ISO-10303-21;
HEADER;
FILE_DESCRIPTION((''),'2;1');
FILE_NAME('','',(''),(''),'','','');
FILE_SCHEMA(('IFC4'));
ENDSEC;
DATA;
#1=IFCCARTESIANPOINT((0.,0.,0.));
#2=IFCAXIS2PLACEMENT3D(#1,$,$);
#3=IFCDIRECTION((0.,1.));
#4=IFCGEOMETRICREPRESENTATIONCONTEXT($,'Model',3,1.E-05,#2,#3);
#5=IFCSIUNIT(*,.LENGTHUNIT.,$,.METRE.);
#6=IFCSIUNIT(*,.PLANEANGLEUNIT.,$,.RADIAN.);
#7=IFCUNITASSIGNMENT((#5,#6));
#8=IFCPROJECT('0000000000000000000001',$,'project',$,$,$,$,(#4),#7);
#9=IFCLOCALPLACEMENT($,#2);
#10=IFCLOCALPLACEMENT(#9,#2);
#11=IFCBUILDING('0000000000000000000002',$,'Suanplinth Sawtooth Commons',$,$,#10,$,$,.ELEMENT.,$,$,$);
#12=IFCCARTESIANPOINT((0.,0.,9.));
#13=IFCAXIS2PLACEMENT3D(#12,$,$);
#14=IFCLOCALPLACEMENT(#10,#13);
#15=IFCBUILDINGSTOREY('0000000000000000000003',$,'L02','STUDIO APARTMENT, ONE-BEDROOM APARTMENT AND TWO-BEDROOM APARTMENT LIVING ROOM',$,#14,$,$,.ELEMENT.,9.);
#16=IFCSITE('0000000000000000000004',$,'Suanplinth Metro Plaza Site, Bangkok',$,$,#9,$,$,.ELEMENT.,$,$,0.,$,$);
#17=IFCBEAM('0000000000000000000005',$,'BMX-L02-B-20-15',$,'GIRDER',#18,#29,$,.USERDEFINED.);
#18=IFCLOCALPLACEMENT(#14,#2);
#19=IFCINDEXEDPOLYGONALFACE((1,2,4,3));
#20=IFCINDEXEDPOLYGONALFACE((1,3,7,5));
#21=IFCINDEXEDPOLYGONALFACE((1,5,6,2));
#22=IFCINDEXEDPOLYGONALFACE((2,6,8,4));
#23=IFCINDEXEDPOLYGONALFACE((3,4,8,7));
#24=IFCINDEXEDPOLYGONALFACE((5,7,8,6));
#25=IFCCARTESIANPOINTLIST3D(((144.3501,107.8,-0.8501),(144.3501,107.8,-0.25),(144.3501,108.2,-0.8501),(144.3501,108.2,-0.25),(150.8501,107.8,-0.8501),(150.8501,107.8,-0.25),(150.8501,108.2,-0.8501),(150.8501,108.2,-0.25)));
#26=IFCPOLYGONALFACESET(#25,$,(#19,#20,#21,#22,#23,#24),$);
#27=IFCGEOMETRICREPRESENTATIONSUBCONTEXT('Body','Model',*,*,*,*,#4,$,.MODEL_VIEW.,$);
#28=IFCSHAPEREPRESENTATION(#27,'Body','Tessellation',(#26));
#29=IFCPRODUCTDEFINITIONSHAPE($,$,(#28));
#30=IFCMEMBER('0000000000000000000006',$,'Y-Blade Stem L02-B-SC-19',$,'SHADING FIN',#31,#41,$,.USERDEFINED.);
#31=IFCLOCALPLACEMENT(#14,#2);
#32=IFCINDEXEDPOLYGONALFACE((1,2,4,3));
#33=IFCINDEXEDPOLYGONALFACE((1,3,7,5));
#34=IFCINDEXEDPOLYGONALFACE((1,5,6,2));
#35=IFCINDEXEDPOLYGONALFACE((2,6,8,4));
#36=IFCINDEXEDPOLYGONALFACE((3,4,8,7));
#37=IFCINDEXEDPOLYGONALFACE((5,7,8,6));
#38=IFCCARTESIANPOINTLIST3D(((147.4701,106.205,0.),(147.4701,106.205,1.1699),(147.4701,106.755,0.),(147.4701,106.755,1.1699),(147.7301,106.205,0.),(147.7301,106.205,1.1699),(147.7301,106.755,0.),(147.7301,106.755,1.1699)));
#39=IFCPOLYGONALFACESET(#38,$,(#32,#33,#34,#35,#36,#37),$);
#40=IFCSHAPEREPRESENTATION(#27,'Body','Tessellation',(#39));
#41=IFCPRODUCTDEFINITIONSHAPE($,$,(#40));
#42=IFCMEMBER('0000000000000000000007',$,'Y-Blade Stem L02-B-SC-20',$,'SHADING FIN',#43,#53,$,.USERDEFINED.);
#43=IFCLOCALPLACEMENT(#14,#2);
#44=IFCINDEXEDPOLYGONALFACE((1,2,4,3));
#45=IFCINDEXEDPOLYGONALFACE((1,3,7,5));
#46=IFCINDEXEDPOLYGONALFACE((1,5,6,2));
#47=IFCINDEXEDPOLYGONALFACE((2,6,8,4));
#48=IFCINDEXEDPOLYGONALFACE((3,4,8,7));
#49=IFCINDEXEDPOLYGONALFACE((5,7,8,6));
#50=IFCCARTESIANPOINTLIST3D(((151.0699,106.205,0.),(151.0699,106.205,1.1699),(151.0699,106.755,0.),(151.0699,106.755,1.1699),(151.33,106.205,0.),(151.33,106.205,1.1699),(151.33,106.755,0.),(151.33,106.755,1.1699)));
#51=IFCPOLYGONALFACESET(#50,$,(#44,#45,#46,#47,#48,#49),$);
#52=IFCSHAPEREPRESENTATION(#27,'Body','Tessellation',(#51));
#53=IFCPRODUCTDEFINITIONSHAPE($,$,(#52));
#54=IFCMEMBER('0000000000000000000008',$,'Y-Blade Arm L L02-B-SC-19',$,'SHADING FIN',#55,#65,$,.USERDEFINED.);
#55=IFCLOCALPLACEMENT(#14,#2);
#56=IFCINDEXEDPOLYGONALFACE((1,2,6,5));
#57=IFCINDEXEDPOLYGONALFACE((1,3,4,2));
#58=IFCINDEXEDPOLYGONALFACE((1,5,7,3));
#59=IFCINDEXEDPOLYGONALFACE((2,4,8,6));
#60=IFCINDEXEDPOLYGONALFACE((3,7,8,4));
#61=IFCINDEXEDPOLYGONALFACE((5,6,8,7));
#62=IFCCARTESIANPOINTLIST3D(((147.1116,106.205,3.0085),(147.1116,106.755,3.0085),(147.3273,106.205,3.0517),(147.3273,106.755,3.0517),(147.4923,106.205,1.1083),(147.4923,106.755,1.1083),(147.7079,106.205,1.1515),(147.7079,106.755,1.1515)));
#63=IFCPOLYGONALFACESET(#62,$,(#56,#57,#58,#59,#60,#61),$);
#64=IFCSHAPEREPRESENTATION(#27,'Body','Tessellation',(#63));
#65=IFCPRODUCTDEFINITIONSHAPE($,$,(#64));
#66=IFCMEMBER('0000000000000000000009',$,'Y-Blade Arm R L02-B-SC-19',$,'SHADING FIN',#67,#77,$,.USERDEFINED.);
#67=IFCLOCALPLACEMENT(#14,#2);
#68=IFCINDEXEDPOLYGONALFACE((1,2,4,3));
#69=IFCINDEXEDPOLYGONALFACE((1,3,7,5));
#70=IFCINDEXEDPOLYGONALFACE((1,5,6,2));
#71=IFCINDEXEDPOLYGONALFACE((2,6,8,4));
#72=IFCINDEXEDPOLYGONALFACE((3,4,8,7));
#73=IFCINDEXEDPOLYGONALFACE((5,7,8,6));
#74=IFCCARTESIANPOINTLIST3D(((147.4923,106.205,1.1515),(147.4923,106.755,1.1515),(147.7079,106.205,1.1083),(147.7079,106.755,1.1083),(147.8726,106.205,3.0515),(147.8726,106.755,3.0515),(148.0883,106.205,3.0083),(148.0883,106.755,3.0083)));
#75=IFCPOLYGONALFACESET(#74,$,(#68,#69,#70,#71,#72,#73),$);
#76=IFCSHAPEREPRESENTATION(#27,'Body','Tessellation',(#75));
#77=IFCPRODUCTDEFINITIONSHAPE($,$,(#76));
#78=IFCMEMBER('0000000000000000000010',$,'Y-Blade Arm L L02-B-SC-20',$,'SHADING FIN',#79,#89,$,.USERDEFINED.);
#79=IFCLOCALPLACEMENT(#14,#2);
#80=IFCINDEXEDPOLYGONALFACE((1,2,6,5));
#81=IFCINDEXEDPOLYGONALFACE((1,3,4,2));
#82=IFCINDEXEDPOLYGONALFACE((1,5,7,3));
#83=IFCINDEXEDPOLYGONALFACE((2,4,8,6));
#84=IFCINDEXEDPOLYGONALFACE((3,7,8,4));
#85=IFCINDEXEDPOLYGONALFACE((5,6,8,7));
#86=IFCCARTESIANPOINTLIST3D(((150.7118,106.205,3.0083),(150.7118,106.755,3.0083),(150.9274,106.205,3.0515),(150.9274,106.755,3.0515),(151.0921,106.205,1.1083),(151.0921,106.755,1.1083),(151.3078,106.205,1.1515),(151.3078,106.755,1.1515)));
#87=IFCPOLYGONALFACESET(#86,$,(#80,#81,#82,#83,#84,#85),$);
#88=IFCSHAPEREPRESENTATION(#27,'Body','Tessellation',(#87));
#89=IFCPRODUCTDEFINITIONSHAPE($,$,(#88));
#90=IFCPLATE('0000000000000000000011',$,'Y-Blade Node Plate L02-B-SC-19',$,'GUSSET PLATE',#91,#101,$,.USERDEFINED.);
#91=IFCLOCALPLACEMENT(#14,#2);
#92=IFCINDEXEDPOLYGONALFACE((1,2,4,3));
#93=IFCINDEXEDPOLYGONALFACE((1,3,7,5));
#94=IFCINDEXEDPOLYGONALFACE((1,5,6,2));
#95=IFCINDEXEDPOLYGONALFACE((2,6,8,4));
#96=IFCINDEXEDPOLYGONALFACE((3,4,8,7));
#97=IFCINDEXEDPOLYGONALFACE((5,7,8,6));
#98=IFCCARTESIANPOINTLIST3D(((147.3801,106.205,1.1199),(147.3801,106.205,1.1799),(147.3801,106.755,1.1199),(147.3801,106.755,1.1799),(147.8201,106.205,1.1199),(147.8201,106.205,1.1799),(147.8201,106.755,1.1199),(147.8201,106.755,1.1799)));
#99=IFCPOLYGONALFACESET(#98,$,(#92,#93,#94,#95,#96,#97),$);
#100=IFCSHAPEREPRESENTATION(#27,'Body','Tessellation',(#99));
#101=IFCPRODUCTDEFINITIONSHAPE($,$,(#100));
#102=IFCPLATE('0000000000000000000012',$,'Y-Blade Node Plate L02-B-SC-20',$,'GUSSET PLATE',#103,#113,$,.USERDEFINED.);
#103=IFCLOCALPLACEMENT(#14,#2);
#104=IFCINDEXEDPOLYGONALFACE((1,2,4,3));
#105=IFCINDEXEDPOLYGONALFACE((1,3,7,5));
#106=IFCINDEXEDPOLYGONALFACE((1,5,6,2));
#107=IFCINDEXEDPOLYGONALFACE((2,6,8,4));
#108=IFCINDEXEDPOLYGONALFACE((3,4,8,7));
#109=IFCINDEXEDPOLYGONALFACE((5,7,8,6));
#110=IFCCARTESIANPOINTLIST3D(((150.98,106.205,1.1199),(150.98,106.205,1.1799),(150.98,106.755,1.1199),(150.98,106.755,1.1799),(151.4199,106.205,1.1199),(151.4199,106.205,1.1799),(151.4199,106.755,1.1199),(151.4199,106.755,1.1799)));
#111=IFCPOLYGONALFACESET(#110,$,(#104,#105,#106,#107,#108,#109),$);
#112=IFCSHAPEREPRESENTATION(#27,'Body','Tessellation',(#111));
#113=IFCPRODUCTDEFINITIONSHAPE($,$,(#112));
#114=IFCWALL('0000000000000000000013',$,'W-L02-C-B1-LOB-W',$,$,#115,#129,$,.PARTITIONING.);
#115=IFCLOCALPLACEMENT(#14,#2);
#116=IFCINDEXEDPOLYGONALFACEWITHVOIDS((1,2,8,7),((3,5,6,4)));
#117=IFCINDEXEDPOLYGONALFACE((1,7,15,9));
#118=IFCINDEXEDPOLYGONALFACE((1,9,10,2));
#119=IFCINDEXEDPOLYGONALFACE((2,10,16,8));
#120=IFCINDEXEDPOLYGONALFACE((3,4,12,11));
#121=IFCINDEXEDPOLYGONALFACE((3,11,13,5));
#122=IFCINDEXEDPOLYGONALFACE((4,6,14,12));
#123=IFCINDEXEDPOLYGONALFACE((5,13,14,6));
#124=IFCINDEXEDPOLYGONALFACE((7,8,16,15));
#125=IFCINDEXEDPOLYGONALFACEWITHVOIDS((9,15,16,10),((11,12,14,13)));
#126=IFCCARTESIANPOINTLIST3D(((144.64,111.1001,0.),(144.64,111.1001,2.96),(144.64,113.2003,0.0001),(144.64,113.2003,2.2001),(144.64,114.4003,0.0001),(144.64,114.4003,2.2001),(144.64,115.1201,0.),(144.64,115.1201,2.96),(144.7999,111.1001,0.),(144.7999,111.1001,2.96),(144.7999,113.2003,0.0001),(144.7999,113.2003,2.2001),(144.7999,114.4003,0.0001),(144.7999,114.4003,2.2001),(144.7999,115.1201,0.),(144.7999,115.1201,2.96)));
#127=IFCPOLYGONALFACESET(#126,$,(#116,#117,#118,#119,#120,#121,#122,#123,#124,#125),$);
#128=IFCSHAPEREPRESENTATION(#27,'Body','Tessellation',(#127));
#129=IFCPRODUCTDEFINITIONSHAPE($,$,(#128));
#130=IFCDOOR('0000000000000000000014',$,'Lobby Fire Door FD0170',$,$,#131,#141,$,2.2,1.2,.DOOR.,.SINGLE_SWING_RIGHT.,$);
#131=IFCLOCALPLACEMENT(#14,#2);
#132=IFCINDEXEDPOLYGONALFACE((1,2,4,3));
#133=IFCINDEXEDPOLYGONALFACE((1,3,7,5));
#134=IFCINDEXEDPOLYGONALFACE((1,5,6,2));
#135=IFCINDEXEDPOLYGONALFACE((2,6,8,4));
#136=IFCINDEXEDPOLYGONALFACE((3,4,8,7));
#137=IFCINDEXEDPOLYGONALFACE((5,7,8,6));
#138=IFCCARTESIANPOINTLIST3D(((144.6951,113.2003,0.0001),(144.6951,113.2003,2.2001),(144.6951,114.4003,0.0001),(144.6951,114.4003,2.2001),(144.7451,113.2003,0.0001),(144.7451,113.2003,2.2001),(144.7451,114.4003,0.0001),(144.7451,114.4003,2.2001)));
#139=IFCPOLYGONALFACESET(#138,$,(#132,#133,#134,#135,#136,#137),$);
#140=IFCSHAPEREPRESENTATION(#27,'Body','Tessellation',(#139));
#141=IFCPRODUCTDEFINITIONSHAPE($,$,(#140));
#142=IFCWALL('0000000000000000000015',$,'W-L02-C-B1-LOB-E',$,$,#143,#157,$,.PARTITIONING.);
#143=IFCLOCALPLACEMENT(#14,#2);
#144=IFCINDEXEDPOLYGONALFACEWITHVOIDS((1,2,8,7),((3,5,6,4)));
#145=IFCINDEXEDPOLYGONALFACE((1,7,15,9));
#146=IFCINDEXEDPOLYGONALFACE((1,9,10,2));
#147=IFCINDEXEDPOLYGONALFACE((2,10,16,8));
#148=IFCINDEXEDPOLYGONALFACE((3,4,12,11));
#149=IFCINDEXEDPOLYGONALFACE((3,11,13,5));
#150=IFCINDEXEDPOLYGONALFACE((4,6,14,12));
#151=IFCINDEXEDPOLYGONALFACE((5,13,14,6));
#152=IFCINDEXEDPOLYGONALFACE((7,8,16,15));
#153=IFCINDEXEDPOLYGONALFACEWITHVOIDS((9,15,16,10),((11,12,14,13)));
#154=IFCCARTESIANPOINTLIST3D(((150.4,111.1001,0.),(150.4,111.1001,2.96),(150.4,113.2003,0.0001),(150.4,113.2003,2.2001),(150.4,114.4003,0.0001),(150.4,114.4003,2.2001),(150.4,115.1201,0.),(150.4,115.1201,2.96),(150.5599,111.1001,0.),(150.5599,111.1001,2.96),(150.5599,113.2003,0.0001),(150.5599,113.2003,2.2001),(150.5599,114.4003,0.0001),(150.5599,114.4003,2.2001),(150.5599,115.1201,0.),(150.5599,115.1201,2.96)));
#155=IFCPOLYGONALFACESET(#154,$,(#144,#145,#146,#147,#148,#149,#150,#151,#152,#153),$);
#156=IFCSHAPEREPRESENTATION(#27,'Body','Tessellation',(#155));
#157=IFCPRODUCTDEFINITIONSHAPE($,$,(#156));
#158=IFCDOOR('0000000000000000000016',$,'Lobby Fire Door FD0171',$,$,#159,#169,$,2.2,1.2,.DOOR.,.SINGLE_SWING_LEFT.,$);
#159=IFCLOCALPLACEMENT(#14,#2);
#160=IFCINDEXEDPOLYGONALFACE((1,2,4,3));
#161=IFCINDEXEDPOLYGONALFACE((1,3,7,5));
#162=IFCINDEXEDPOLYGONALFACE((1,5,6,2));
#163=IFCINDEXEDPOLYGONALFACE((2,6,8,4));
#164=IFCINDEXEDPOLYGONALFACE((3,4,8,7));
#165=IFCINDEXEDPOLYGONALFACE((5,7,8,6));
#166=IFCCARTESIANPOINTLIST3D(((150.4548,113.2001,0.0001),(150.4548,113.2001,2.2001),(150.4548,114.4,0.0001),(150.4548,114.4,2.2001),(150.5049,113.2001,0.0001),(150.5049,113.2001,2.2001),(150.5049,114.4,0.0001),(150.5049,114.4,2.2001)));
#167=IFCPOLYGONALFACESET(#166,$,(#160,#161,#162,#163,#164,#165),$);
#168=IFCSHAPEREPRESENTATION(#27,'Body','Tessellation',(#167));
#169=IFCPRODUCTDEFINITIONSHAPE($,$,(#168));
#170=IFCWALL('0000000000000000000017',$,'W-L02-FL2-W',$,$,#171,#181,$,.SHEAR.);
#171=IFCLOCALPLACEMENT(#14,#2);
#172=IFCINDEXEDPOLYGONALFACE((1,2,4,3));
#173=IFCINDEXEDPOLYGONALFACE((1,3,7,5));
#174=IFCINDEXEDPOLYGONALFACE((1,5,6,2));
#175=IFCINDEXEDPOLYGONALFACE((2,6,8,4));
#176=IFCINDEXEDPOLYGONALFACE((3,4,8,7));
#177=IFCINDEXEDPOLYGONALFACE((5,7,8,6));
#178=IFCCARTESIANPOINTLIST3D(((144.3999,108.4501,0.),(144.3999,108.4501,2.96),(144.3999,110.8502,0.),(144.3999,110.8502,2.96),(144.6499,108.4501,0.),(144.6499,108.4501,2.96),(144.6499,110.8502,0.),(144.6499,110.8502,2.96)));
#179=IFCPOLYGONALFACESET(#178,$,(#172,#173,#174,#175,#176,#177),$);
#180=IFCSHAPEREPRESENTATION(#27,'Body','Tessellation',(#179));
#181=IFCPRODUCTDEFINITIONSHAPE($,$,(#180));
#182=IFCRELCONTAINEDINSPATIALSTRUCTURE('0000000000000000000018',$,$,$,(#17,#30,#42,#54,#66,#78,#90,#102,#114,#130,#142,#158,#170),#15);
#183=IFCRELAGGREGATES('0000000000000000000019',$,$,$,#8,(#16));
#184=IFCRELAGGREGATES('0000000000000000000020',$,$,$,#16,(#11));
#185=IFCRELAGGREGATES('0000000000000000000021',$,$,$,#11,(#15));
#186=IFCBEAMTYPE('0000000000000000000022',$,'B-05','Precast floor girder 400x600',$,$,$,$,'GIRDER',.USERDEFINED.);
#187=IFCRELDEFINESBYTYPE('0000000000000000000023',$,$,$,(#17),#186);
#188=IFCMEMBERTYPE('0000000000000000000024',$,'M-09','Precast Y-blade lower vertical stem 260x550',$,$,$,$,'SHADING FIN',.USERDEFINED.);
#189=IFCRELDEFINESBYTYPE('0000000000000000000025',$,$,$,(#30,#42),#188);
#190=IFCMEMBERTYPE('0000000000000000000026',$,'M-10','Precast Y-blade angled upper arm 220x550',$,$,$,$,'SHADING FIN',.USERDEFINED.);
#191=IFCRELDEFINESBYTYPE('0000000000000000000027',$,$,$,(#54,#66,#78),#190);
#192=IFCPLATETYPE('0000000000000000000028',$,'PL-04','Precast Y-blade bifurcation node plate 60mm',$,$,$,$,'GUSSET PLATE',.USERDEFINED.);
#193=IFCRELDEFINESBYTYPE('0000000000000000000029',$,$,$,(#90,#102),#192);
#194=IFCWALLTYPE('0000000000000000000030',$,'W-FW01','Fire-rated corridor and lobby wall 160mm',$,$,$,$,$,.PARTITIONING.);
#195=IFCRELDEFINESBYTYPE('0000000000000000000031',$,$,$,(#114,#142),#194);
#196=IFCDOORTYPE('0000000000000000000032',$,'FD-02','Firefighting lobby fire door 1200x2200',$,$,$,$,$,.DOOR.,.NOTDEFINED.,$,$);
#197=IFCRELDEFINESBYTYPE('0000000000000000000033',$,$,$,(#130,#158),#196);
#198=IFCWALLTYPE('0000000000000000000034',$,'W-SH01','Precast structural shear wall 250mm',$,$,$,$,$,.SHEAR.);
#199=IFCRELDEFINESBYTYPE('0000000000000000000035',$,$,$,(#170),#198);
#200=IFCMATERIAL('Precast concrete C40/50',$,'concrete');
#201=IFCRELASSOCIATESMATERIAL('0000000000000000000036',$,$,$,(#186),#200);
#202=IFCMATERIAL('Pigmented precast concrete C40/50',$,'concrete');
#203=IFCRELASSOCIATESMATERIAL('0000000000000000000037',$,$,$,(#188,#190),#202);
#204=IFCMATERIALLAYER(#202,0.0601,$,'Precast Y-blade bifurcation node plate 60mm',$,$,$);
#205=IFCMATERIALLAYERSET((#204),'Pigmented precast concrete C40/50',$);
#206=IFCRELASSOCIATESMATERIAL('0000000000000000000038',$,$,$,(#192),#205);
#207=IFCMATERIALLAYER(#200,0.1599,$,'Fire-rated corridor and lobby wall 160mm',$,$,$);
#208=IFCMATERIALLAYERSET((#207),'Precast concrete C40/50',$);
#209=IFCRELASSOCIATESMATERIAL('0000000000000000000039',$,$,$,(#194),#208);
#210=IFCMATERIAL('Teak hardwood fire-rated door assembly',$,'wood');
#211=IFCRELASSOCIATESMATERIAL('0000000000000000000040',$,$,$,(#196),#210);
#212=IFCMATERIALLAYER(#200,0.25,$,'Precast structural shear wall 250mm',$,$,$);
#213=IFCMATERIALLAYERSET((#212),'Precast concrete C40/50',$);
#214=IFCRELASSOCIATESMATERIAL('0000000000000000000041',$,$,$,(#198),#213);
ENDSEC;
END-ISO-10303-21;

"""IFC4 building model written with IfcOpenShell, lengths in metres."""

from ifc_helpers import new_model, si_unit, direction, frame, frame_2d, origin, origin_2d, place, context, subcontext, project, spatial, rectangle, extrude, material, layer, layer_set, material_profile, profile_set, type_object, element, fill, save


model = new_model("IFC4")

# Units and contexts
model_context = context("Model", 3, precision=1e-05, world=origin(), true_north=direction((0.0, 1.0)))
body_context = subcontext(model_context, "Body", "Model", "MODEL_VIEW")
ifc_project = project(units=[si_unit("LENGTHUNIT", "METRE"), si_unit("PLANEANGLEUNIT", "RADIAN")], contexts=[model_context])

# Site, building, storey
site_placement = place(None, origin())
site = spatial("IfcSite", under=ifc_project, at=site_placement, Name="Suanplinth Metro Plaza Site, Bangkok", CompositionType="ELEMENT", RefElevation=0.0)
building_placement = place(site_placement, origin())
building = spatial("IfcBuilding", under=site, at=building_placement, Name="Suanplinth Sawtooth Commons", CompositionType="ELEMENT")
storey_placement = place(building_placement, frame((0.0, 0.0, 9.0)))
storey = spatial("IfcBuildingStorey", under=building, at=storey_placement, Name="L02", Description="STUDIO APARTMENT, ONE-BEDROOM APARTMENT AND TWO-BEDROOM APARTMENT LIVING ROOM", CompositionType="ELEMENT", Elevation=9.0)

# Beam
ifc_material_1 = material(Name="Precast concrete C40/50", Category="concrete")
ifc_material_profile_1 = material_profile(ifc_material_1, rectangle(XDim=0.3999, YDim=0.6001, at=origin_2d()), Name="PC-GDR 400x600")
ifc_profile_set_1 = profile_set([ifc_material_profile_1], Name="Precast concrete C40/50")
beam_type = type_object("IfcBeamType", Name="B-05", Description="Precast floor girder 400x600", ElementType="GIRDER", PredefinedType="USERDEFINED", material=ifc_profile_set_1)
beam_placement = place(storey_placement, frame((144.3501, 108.0, -0.55), z_axis=(1.0, 0.0, 0.0), x_axis=(0.0, 1.0, 0.0)))
element("IfcBeam", 1, at=beam_placement, inside=storey, type_object=beam_type, Name="BMX-L02-B-20-15", ObjectType="GIRDER", PredefinedType="USERDEFINED", context=body_context, shape_type="SweptSolid", body=[
    extrude(rectangle(XDim=0.3999, YDim=0.6001, at=origin_2d()), origin(), (0.0, 0.0, 1.0), 6.5),
])

# Members
ifc_material_2 = material(Name="Pigmented precast concrete C40/50", Category="concrete")
ifc_material_profile_2 = material_profile(ifc_material_2, rectangle(XDim=0.26, YDim=0.55, at=origin_2d()), Name="PC-FIN 260x550")
ifc_profile_set_2 = profile_set([ifc_material_profile_2], Name="Pigmented precast concrete C40/50")
member_type_1 = type_object("IfcMemberType", Name="M-09", Description="Precast Y-blade lower vertical stem 260x550", ElementType="SHADING FIN", PredefinedType="USERDEFINED", material=ifc_profile_set_2)
for number, where, z_axis, x_axis, name in (
    (2, (147.6001, 106.48, 0.0), (0.0, 0.0, 1.0), (1.0, 0.0, 0.0), "Y-Blade Stem L02-B-SC-19"),
    (3, (151.2, 106.48, 0.0), (0.0, 0.0, 1.0), (1.0, 0.0, 0.0), "Y-Blade Stem L02-B-SC-20"),
):
    element("IfcMember", number, at=place(storey_placement, frame(where, z_axis=z_axis, x_axis=x_axis)), inside=storey, type_object=member_type_1, Name=name, ObjectType="SHADING FIN", PredefinedType="USERDEFINED", context=body_context, shape_type="SweptSolid", body=[
        extrude(rectangle(XDim=0.26, YDim=0.55, at=origin_2d()), origin(), (0.0, 0.0, 1.0), 1.1699),
    ])
ifc_material_profile_3 = material_profile(ifc_material_2, rectangle(XDim=0.22, YDim=0.55, at=origin_2d()), Name="PC-FIN 220x550")
ifc_profile_set_3 = profile_set([ifc_material_profile_3], Name="Pigmented precast concrete C40/50")
member_type_2 = type_object("IfcMemberType", Name="M-10", Description="Precast Y-blade angled upper arm 220x550", ElementType="SHADING FIN", PredefinedType="USERDEFINED", material=ifc_profile_set_3)
member_placement = place(storey_placement, frame((147.6001, 106.48, 1.1299), z_axis=(-0.196407, 0.0, 0.980522), x_axis=(0.980522, 0.0, 0.196407)))
element("IfcMember", 4, at=member_placement, inside=storey, type_object=member_type_2, Name="Y-Blade Arm L L02-B-SC-19", ObjectType="SHADING FIN", PredefinedType="USERDEFINED", context=body_context, shape_type="SweptSolid", body=[
    extrude(rectangle(XDim=0.22, YDim=0.55, at=origin_2d()), origin(), (0.0, 0.0, 1.0), 1.938),
])
for number, where, z_axis, x_axis, name in (
    (5, (147.6001, 106.48, 1.1299), (0.196286, 0.0, 0.980547), (-0.980547, 0.0, 0.196286), "Y-Blade Arm R L02-B-SC-19"),
    (6, (151.2, 106.48, 1.1299), (-0.196286, 0.0, 0.980547), (0.980547, 0.0, 0.196286), "Y-Blade Arm L L02-B-SC-20"),
):
    element("IfcMember", number, at=place(storey_placement, frame(where, z_axis=z_axis, x_axis=x_axis)), inside=storey, type_object=member_type_2, Name=name, ObjectType="SHADING FIN", PredefinedType="USERDEFINED", context=body_context, shape_type="SweptSolid", body=[
        extrude(rectangle(XDim=0.22, YDim=0.55, at=origin_2d()), origin(), (0.0, 0.0, 1.0), 1.9377),
    ])

# Plates
ifc_layer_1 = layer(ifc_material_2, 0.0601, Name="Precast Y-blade bifurcation node plate 60mm")
ifc_layer_set_1 = layer_set([ifc_layer_1], Name="Pigmented precast concrete C40/50")
plate_type = type_object("IfcPlateType", Name="PL-04", Description="Precast Y-blade bifurcation node plate 60mm", ElementType="GUSSET PLATE", PredefinedType="USERDEFINED", material=ifc_layer_set_1)
for number, where, z_axis, x_axis, name in (
    (7, (147.6001, 106.48, 1.1199), (0.0, 0.0, 1.0), (1.0, 0.0, 0.0), "Y-Blade Node Plate L02-B-SC-19"),
    (8, (151.2, 106.48, 1.1199), (0.0, 0.0, 1.0), (1.0, 0.0, 0.0), "Y-Blade Node Plate L02-B-SC-20"),
):
    element("IfcPlate", number, at=place(storey_placement, frame(where, z_axis=z_axis, x_axis=x_axis)), inside=storey, type_object=plate_type, Name=name, ObjectType="GUSSET PLATE", PredefinedType="USERDEFINED", context=body_context, shape_type="SweptSolid", body=[
        extrude(rectangle(XDim=0.4399, YDim=0.55, at=origin_2d()), origin(), (0.0, 0.0, 1.0), 0.0601),
    ])

# Walls, openings, doors
ifc_layer_2 = layer(ifc_material_1, 0.1599, Name="Fire-rated corridor and lobby wall 160mm")
ifc_layer_set_2 = layer_set([ifc_layer_2], Name="Precast concrete C40/50")
wall_type_1 = type_object("IfcWallType", Name="W-FW01", Description="Fire-rated corridor and lobby wall 160mm", PredefinedType="PARTITIONING", material=ifc_layer_set_2)
wall_1_placement = place(storey_placement, frame((144.72, 111.1001, 0.0), z_axis=(0.0, 0.0, 1.0), x_axis=(0.0, 1.0, 0.0)))
wall_1 = element("IfcWall", 9, at=wall_1_placement, inside=storey, type_object=wall_type_1, Name="W-L02-C-B1-LOB-W", PredefinedType="PARTITIONING", context=body_context, shape_type="SweptSolid", body=[
    extrude(rectangle(XDim=4.02, YDim=0.1599, at=frame_2d((2.01, 0.0))), origin(), (0.0, 0.0, 1.0), 2.96),
])
opening_1_placement = place(wall_1_placement, frame((2.1001, 0.0, 0.0)))
opening_1 = element("IfcOpeningElement", 10, at=opening_1_placement, cuts=wall_1, PredefinedType="OPENING", context=body_context, shape_type="SweptSolid", body=[
    extrude(rectangle(XDim=1.2, YDim=2.2, at=frame_2d((0.6001, 1.1001))), frame((0.0, 0.0947, 0.0), z_axis=(0.0, -1.0, 0.0), x_axis=(1.0, 0.0, 0.0)), (0.0, 0.0, 1.0), 0.1897),
])
ifc_material_3 = material(Name="Teak hardwood fire-rated door assembly", Category="wood")
door_type_1 = type_object("IfcDoorType", Name="FD-02", Description="Firefighting lobby fire door 1200x2200", OperationType="NOTDEFINED", PredefinedType="DOOR", material=ifc_material_3)
door_1_placement = place(opening_1_placement, origin())
door_1 = element("IfcDoor", 11, at=door_1_placement, inside=storey, type_object=door_type_1, Name="Lobby Fire Door FD0170", OperationType="SINGLE_SWING_RIGHT", OverallHeight=2.2, OverallWidth=1.2, PredefinedType="DOOR", context=body_context, shape_type="SweptSolid", body=[
    extrude(rectangle(XDim=1.2, YDim=2.2, at=frame_2d((0.6001, 1.1001))), frame((0.0, 0.0249, 0.0), z_axis=(0.0, -1.0, 0.0), x_axis=(1.0, 0.0, 0.0)), (0.0, 0.0, 1.0), 0.05),
])
fill(opening_1, door_1)
wall_2_placement = place(storey_placement, frame((150.48, 111.1001, 0.0), z_axis=(0.0, 0.0, 1.0), x_axis=(0.0, 1.0, 0.0)))
wall_2 = element("IfcWall", 12, at=wall_2_placement, inside=storey, type_object=wall_type_1, Name="W-L02-C-B1-LOB-E", PredefinedType="PARTITIONING", context=body_context, shape_type="SweptSolid", body=[
    extrude(rectangle(XDim=4.02, YDim=0.1599, at=frame_2d((2.01, 0.0))), origin(), (0.0, 0.0, 1.0), 2.96),
])
opening_2_placement = place(wall_2_placement, frame((2.1001, 0.0, 0.0)))
opening_2 = element("IfcOpeningElement", 13, at=opening_2_placement, cuts=wall_2, PredefinedType="OPENING", context=body_context, shape_type="SweptSolid", body=[
    extrude(rectangle(XDim=1.2, YDim=2.2, at=frame_2d((0.6001, 1.1001))), frame((0.0, 0.0947, 0.0), z_axis=(0.0, -1.0, 0.0), x_axis=(1.0, 0.0, 0.0)), (0.0, 0.0, 1.0), 0.1897),
])
door_2_placement = place(opening_2_placement, frame((1.2, 0.0, 0.0), z_axis=(0.0, 0.0, 1.0), x_axis=(-1.0, 0.0, 0.0)))
door_2 = element("IfcDoor", 14, at=door_2_placement, inside=storey, type_object=door_type_1, Name="Lobby Fire Door FD0171", OperationType="SINGLE_SWING_LEFT", OverallHeight=2.2, OverallWidth=1.2, PredefinedType="DOOR", context=body_context, shape_type="SweptSolid", body=[
    extrude(rectangle(XDim=1.2, YDim=2.2, at=frame_2d((0.6001, 1.1001))), frame((0.0, 0.0249, 0.0), z_axis=(0.0, -1.0, 0.0), x_axis=(1.0, 0.0, 0.0)), (0.0, 0.0, 1.0), 0.05),
])
fill(opening_2, door_2)

# Wall
ifc_layer_3 = layer(ifc_material_1, 0.25, Name="Precast structural shear wall 250mm")
ifc_layer_set_3 = layer_set([ifc_layer_3], Name="Precast concrete C40/50")
wall_type_2 = type_object("IfcWallType", Name="W-SH01", Description="Precast structural shear wall 250mm", PredefinedType="SHEAR", material=ifc_layer_set_3)
for number, where, z_axis, x_axis, name in (
    (15, (144.5249, 108.45, 0.0), (0.0, 0.0, 1.0), (0.0, 1.0, 0.0), "W-L02-FL2-W"),
):
    element("IfcWall", number, at=place(storey_placement, frame(where, z_axis=z_axis, x_axis=x_axis)), inside=storey, type_object=wall_type_2, Name=name, PredefinedType="SHEAR", context=body_context, shape_type="SweptSolid", body=[
        extrude(rectangle(XDim=2.4001, YDim=0.25, at=frame_2d((1.2002, 0.0))), origin(), (0.0, 0.0, 1.0), 2.96),
    ])

save(model, "model.ifc")
